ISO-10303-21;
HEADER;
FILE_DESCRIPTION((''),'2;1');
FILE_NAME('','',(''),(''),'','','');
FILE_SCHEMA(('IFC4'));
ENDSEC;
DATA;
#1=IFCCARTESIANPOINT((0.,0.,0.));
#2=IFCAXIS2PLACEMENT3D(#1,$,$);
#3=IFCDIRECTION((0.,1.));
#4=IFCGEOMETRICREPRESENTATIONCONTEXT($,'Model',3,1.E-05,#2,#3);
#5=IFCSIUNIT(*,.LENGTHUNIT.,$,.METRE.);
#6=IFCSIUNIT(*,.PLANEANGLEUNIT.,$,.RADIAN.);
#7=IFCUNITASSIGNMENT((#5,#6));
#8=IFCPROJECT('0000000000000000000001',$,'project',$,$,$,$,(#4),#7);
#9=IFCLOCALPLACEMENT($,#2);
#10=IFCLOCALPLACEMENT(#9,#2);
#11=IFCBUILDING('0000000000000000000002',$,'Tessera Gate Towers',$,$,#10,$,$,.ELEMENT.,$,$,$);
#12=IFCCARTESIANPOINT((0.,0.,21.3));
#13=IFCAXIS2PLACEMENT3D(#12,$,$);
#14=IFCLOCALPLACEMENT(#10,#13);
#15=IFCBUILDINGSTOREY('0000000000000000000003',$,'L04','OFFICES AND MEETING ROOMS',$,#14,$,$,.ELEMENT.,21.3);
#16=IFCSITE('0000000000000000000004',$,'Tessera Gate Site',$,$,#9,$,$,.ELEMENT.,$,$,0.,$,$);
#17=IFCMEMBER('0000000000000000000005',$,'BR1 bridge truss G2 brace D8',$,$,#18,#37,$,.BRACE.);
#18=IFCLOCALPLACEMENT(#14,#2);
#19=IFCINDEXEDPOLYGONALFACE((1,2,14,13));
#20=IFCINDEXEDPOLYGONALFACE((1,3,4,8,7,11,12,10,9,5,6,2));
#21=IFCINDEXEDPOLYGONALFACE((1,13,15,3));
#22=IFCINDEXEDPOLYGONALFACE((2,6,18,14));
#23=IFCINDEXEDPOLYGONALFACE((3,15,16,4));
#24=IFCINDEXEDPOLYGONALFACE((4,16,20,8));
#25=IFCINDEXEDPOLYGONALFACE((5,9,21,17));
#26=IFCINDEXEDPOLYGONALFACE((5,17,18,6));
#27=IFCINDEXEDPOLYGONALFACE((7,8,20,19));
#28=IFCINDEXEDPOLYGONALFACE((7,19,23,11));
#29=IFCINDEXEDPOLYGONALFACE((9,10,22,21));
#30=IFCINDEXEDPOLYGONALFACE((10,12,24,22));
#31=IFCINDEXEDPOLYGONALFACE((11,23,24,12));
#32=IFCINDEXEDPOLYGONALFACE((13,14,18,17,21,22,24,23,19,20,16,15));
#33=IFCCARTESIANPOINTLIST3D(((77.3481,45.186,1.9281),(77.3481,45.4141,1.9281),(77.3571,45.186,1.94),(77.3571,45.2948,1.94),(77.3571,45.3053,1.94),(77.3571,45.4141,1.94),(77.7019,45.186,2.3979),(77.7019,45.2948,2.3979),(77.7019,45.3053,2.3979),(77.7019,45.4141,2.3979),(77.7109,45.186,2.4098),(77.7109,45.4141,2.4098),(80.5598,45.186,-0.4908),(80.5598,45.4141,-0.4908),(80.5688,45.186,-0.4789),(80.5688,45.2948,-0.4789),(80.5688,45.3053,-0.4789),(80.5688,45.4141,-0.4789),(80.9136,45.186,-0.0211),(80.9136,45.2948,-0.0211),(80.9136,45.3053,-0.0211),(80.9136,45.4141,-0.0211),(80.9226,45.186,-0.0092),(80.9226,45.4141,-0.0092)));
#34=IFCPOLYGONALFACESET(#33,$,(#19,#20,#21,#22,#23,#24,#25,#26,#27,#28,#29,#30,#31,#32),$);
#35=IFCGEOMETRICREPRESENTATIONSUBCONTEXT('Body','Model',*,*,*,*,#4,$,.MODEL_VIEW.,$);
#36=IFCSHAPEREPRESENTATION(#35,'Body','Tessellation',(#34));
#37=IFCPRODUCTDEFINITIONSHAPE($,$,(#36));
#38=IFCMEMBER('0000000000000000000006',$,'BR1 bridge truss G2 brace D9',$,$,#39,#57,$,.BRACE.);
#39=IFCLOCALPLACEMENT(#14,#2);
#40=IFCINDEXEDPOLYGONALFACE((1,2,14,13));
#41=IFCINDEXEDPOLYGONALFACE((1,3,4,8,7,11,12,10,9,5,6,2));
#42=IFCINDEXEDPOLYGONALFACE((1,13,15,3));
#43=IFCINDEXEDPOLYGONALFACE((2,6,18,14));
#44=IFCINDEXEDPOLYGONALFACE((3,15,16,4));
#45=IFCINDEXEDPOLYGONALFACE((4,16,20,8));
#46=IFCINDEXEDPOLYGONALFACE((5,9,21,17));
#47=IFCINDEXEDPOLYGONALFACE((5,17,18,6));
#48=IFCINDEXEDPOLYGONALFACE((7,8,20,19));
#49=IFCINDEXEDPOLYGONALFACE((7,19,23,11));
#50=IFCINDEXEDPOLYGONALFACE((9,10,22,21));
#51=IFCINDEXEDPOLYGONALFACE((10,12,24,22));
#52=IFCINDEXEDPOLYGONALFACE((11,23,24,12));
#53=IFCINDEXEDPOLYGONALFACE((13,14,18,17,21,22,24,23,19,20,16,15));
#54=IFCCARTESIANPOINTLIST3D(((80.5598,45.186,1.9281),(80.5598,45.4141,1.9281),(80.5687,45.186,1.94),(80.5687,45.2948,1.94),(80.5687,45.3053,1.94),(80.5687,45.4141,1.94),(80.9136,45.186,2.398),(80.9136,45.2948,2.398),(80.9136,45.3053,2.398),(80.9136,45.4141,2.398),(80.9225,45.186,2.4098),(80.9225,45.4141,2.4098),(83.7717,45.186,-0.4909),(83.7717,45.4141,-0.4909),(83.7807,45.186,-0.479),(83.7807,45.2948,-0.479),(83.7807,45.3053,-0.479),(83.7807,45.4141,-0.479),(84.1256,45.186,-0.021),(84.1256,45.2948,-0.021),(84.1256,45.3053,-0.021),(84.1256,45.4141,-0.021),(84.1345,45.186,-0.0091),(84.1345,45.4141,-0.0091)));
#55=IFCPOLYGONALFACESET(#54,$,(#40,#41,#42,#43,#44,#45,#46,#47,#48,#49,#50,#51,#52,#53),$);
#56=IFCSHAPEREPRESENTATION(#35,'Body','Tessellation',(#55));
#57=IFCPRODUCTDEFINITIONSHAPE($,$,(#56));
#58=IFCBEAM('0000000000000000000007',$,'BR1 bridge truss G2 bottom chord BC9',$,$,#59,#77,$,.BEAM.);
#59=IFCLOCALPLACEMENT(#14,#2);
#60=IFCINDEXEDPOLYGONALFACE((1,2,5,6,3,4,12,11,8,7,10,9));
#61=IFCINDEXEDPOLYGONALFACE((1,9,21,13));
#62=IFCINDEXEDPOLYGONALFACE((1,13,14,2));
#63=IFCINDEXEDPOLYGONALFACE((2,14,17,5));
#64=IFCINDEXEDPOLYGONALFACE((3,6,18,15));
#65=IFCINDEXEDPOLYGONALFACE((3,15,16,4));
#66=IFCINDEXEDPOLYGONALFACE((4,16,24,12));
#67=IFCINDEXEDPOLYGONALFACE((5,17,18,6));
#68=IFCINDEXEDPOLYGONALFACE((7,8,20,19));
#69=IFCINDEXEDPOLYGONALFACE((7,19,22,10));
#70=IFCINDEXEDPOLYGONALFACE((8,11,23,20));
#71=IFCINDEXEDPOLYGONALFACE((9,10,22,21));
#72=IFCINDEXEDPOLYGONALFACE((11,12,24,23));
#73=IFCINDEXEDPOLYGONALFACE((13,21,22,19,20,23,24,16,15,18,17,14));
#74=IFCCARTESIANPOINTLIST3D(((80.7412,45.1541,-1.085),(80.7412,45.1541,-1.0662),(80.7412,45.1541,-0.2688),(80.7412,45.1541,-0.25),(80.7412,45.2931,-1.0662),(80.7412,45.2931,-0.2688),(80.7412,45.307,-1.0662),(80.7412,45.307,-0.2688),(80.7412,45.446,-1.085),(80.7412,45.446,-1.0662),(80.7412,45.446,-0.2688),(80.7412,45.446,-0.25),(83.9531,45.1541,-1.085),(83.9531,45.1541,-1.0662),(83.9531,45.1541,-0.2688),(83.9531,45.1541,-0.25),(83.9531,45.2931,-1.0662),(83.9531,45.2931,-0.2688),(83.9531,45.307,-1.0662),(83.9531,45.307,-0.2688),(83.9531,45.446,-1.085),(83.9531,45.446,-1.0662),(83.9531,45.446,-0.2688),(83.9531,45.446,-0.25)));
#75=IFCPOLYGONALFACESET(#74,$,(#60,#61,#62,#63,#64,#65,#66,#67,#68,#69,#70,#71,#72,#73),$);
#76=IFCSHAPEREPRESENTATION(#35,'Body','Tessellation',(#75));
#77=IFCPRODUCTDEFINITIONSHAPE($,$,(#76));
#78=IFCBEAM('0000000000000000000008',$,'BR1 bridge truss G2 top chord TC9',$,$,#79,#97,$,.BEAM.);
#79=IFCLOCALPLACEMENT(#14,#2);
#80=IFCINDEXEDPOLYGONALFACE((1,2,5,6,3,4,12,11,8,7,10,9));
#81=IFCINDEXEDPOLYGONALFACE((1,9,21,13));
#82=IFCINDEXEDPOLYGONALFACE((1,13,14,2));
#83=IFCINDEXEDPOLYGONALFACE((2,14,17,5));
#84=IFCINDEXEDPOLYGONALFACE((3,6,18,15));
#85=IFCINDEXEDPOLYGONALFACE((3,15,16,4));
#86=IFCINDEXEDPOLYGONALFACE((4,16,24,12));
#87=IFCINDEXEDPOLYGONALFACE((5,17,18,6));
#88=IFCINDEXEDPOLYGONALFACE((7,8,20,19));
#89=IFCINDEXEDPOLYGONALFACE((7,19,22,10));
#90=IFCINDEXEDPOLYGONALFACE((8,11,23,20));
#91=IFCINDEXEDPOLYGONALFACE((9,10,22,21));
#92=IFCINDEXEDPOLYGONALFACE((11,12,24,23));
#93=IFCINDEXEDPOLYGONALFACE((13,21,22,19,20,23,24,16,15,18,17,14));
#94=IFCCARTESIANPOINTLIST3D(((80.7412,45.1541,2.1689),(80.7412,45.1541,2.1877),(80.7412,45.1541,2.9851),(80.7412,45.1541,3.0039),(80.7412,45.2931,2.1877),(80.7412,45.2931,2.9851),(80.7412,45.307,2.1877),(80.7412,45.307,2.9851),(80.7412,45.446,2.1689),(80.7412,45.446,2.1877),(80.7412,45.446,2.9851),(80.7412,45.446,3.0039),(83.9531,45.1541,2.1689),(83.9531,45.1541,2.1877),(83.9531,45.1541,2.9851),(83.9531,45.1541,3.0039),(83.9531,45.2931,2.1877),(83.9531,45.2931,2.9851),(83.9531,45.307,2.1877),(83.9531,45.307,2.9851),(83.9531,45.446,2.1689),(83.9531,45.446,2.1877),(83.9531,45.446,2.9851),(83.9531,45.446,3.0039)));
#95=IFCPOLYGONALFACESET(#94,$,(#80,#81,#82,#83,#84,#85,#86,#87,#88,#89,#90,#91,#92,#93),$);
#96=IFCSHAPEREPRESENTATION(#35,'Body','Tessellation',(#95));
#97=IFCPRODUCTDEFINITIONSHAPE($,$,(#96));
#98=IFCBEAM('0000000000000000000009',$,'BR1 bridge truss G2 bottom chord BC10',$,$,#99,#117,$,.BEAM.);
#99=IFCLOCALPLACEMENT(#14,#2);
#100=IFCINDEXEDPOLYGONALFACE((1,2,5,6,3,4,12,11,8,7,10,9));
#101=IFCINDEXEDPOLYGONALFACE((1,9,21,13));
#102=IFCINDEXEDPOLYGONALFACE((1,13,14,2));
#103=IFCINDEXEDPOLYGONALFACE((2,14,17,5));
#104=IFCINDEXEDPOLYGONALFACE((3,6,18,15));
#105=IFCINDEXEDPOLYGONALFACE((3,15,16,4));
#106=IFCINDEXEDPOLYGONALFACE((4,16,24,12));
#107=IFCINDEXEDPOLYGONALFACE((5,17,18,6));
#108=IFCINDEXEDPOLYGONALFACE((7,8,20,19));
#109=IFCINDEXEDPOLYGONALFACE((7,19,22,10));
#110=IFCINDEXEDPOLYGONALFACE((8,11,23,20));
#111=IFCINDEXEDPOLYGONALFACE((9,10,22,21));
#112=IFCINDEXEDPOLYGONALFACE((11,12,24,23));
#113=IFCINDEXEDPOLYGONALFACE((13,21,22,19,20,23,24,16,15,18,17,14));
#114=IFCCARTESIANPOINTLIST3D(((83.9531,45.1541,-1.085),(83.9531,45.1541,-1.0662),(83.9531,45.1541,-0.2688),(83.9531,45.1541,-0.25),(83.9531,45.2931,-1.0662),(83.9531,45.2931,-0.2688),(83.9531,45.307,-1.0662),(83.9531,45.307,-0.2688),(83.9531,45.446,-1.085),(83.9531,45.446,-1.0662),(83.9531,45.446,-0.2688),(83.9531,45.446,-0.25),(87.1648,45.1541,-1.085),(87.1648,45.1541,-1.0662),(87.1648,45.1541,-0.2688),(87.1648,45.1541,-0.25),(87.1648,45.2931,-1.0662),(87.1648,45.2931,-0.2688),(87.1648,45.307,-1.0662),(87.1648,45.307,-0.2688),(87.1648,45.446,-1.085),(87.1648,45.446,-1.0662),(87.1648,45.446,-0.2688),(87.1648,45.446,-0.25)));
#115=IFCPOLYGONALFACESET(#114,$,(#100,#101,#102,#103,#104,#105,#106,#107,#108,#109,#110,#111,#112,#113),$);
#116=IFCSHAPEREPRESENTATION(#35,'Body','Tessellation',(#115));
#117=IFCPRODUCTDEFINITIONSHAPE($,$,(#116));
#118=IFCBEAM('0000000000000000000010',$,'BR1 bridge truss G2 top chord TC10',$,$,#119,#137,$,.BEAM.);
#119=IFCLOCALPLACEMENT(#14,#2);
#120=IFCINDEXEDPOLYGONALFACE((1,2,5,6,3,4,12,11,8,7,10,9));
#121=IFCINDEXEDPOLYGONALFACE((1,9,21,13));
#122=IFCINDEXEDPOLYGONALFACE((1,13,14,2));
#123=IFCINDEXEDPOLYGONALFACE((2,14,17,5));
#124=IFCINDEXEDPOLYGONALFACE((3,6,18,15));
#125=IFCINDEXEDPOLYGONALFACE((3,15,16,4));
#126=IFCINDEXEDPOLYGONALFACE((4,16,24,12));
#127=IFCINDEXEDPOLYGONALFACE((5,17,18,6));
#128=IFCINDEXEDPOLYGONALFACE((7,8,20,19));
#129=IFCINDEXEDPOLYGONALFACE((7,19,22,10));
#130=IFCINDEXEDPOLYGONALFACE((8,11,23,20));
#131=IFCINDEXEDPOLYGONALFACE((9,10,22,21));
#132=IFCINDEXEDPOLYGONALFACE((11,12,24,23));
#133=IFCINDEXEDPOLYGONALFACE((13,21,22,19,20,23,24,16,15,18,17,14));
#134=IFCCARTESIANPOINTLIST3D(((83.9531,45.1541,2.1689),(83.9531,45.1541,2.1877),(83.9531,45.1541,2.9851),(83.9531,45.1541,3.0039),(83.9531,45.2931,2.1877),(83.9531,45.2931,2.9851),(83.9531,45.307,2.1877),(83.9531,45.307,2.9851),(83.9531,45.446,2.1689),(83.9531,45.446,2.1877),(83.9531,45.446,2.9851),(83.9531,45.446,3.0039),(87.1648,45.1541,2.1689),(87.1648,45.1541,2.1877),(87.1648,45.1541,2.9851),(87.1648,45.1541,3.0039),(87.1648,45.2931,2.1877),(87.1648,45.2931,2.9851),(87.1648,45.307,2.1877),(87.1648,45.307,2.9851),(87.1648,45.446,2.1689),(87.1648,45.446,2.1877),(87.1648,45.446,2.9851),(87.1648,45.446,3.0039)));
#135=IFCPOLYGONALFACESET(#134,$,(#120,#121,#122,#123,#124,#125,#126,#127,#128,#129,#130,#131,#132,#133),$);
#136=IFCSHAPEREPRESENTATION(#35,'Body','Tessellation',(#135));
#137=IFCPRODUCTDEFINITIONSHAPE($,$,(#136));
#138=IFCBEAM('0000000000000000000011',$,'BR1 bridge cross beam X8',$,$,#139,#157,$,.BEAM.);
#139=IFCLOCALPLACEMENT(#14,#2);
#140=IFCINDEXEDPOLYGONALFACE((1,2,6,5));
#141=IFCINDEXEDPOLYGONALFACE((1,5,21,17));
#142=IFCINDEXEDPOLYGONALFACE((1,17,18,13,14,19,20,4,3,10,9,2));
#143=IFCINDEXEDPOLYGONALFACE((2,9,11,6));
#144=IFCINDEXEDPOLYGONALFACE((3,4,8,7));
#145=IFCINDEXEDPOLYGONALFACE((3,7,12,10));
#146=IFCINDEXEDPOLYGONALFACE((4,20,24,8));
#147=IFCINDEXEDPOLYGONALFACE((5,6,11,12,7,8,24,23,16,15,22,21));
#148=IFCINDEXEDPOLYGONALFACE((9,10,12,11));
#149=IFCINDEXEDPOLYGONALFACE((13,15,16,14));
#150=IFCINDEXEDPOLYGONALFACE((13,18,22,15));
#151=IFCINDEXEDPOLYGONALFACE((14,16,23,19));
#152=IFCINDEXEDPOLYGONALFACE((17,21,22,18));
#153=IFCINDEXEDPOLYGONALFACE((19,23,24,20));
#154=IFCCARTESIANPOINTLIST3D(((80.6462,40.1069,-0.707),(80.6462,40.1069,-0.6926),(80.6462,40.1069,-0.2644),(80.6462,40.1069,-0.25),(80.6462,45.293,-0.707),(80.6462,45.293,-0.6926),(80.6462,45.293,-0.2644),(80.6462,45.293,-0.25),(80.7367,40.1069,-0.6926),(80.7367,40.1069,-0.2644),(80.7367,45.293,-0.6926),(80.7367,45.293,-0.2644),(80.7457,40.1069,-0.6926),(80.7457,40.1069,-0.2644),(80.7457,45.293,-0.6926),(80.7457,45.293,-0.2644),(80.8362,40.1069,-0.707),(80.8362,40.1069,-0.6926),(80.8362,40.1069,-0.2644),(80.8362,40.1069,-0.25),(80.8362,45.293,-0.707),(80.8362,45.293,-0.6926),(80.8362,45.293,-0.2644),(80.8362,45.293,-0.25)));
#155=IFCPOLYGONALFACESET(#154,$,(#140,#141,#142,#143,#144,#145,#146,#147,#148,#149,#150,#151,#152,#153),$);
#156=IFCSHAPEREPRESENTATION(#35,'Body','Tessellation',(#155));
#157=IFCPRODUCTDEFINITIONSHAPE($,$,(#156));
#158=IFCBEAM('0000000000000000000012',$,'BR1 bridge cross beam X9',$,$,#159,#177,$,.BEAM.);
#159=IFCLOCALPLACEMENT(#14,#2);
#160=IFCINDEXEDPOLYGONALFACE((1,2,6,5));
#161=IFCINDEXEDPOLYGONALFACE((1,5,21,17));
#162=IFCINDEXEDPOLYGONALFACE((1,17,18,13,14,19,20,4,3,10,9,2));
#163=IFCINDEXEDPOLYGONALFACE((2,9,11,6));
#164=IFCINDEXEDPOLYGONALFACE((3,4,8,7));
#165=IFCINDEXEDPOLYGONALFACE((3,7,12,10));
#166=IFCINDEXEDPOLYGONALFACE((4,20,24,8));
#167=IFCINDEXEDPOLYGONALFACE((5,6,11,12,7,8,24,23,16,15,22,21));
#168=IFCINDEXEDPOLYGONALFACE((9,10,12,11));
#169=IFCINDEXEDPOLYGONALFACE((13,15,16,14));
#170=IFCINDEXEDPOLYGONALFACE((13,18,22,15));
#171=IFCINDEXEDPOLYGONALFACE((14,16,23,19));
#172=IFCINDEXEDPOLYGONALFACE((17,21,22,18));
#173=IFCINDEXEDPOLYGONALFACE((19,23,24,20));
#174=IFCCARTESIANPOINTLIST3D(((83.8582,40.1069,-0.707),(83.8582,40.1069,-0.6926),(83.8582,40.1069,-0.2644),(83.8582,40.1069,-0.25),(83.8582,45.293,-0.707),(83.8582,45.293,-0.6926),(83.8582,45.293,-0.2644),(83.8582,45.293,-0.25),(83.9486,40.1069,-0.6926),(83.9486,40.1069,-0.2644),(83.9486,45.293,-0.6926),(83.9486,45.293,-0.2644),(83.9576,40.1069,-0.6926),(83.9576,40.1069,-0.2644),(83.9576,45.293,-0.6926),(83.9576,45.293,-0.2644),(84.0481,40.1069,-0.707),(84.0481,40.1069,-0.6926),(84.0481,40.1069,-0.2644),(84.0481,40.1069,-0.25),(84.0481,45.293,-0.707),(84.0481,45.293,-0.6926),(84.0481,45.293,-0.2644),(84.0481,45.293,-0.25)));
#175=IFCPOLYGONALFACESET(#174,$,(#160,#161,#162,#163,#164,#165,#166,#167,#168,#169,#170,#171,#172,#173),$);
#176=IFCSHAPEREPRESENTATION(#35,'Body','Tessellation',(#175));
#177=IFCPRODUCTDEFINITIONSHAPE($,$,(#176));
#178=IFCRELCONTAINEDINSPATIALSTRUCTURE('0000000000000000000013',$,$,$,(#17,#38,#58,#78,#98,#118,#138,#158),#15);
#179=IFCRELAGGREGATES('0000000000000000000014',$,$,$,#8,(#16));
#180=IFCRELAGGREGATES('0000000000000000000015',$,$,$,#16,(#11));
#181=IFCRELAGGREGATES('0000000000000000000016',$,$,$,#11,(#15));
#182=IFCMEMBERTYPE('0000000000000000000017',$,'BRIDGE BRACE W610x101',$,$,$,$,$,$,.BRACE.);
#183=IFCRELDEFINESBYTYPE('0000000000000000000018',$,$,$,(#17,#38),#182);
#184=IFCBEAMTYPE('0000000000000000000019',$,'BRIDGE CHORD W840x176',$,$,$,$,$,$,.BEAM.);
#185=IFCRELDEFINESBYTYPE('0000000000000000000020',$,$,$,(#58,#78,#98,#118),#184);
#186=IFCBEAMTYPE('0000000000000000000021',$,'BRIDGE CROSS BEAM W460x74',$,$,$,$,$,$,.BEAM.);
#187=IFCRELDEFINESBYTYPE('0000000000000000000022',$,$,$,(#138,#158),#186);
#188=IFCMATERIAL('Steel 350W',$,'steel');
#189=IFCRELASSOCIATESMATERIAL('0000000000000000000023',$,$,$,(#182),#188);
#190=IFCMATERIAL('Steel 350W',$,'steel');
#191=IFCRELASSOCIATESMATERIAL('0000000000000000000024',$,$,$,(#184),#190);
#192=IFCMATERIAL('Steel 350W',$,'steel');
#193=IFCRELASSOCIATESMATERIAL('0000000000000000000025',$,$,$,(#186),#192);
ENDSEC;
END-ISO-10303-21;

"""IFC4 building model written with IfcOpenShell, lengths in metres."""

from ifc_helpers import new_model, si_unit, direction, frame, origin, origin_2d, place, context, subcontext, project, spatial, i_section, extrude, material, material_profile, profile_set, type_object, element, save


model = new_model("IFC4")

# Units and contexts
model_context = context("Model", 3, precision=1e-05, world=origin(), true_north=direction((0.0, 1.0)))
body_context = subcontext(model_context, "Body", "Model", "MODEL_VIEW")
ifc_project = project(units=[si_unit("LENGTHUNIT", "METRE"), si_unit("PLANEANGLEUNIT", "RADIAN")], contexts=[model_context])

# Site, building, storey
site_placement = place(None, origin())
site = spatial("IfcSite", under=ifc_project, at=site_placement, Name="Tessera Gate Site", CompositionType="ELEMENT", RefElevation=0.0)
building_placement = place(site_placement, origin())
building = spatial("IfcBuilding", under=site, at=building_placement, Name="Tessera Gate Towers", CompositionType="ELEMENT")
storey_placement = place(building_placement, frame((0.0, 0.0, 21.3)))
storey = spatial("IfcBuildingStorey", under=building, at=storey_placement, Name="L04", Description="OFFICES AND MEETING ROOMS", CompositionType="ELEMENT", Elevation=21.3)

# Members
ifc_material_1 = material(Name="Steel 350W", Category="steel")
ifc_material_profile_1 = material_profile(ifc_material_1, i_section(OverallWidth=0.228, OverallDepth=0.603, WebThickness=0.0105, FlangeThickness=0.0149, at=origin_2d()), Name="W610x101")
ifc_profile_set_1 = profile_set([ifc_material_profile_1], Name="Steel 350W")
member_type_1 = type_object("IfcMemberType", Name="BRIDGE BRACE W610x101", PredefinedType="BRACE", material=ifc_profile_set_1)
member_1_placement = place(storey_placement, frame((80.7412, 45.3, -0.25), z_axis=(-0.798782, 0.0, 0.601621), x_axis=(0.0, -1.0, 0.0)))
element("IfcMember", 1, at=member_1_placement, inside=storey, type_object=member_type_1, Name="BR1 bridge truss G2 brace D8", PredefinedType="BRACE", context=body_context, shape_type="SweptSolid", body=[
    extrude(i_section(OverallWidth=0.228, OverallDepth=0.603, WebThickness=0.0105, FlangeThickness=0.0149, at=origin_2d()), origin(), (0.0, 0.0, 1.0), 4.0208),
])
member_2_placement = place(storey_placement, frame((83.9531, 45.3, -0.25), z_axis=(-0.798803, 0.0, 0.601592), x_axis=(0.0, -1.0, 0.0)))
element("IfcMember", 2, at=member_2_placement, inside=storey, type_object=member_type_1, Name="BR1 bridge truss G2 brace D9", PredefinedType="BRACE", context=body_context, shape_type="SweptSolid", body=[
    extrude(i_section(OverallWidth=0.228, OverallDepth=0.603, WebThickness=0.0105, FlangeThickness=0.0149, at=origin_2d()), origin(), (0.0, 0.0, 1.0), 4.021),
])

# Beams
ifc_material_2 = material(Name="Steel 350W", Category="steel")
ifc_material_profile_2 = material_profile(ifc_material_2, i_section(OverallWidth=0.292, OverallDepth=0.835, WebThickness=0.0139, FlangeThickness=0.0188, at=origin_2d()), Name="W840x176")
ifc_profile_set_2 = profile_set([ifc_material_profile_2], Name="Steel 350W")
beam_type_1 = type_object("IfcBeamType", Name="BRIDGE CHORD W840x176", PredefinedType="BEAM", material=ifc_profile_set_2)
for number, where, z_axis, x_axis, name in (
    (3, (80.7412, 45.3, -0.6675), (1.0, 0.0, 0.0), (0.0, 1.0, 0.0), "BR1 bridge truss G2 bottom chord BC9"),
    (4, (80.7412, 45.3, 2.5864), (1.0, 0.0, 0.0), (0.0, 1.0, 0.0), "BR1 bridge truss G2 top chord TC9"),
):
    element("IfcBeam", number, at=place(storey_placement, frame(where, z_axis=z_axis, x_axis=x_axis)), inside=storey, type_object=beam_type_1, Name=name, PredefinedType="BEAM", context=body_context, shape_type="SweptSolid", body=[
        extrude(i_section(OverallWidth=0.292, OverallDepth=0.835, WebThickness=0.0139, FlangeThickness=0.0188, at=origin_2d()), origin(), (0.0, 0.0, 1.0), 3.2119),
    ])
for number, where, z_axis, x_axis, name in (
    (5, (83.9531, 45.3, -0.6675), (1.0, 0.0, 0.0), (0.0, 1.0, 0.0), "BR1 bridge truss G2 bottom chord BC10"),
    (6, (83.9531, 45.3, 2.5864), (1.0, 0.0, 0.0), (0.0, 1.0, 0.0), "BR1 bridge truss G2 top chord TC10"),
):
    element("IfcBeam", number, at=place(storey_placement, frame(where, z_axis=z_axis, x_axis=x_axis)), inside=storey, type_object=beam_type_1, Name=name, PredefinedType="BEAM", context=body_context, shape_type="SweptSolid", body=[
        extrude(i_section(OverallWidth=0.292, OverallDepth=0.835, WebThickness=0.0139, FlangeThickness=0.0188, at=origin_2d()), origin(), (0.0, 0.0, 1.0), 3.2117),
    ])
ifc_material_3 = material(Name="Steel 350W", Category="steel")
ifc_material_profile_3 = material_profile(ifc_material_3, i_section(OverallWidth=0.1899, OverallDepth=0.457, WebThickness=0.009, FlangeThickness=0.0144, at=origin_2d()), Name="W460x74")
ifc_profile_set_3 = profile_set([ifc_material_profile_3], Name="Steel 350W")
beam_type_2 = type_object("IfcBeamType", Name="BRIDGE CROSS BEAM W460x74", PredefinedType="BEAM", material=ifc_profile_set_3)
for number, where, z_axis, x_axis, name in (
    (7, (80.7412, 40.1069, -0.4785), (0.0, 1.0, 0.0), (-1.0, 0.0, 0.0), "BR1 bridge cross beam X8"),
    (8, (83.9531, 40.1069, -0.4785), (0.0, 1.0, 0.0), (-1.0, 0.0, 0.0), "BR1 bridge cross beam X9"),
):
    element("IfcBeam", number, at=place(storey_placement, frame(where, z_axis=z_axis, x_axis=x_axis)), inside=storey, type_object=beam_type_2, Name=name, PredefinedType="BEAM", context=body_context, shape_type="SweptSolid", body=[
        extrude(i_section(OverallWidth=0.1899, OverallDepth=0.457, WebThickness=0.009, FlangeThickness=0.0144, at=origin_2d()), origin(), (0.0, 0.0, 1.0), 5.186),
    ])

save(model, "model.ifc")
